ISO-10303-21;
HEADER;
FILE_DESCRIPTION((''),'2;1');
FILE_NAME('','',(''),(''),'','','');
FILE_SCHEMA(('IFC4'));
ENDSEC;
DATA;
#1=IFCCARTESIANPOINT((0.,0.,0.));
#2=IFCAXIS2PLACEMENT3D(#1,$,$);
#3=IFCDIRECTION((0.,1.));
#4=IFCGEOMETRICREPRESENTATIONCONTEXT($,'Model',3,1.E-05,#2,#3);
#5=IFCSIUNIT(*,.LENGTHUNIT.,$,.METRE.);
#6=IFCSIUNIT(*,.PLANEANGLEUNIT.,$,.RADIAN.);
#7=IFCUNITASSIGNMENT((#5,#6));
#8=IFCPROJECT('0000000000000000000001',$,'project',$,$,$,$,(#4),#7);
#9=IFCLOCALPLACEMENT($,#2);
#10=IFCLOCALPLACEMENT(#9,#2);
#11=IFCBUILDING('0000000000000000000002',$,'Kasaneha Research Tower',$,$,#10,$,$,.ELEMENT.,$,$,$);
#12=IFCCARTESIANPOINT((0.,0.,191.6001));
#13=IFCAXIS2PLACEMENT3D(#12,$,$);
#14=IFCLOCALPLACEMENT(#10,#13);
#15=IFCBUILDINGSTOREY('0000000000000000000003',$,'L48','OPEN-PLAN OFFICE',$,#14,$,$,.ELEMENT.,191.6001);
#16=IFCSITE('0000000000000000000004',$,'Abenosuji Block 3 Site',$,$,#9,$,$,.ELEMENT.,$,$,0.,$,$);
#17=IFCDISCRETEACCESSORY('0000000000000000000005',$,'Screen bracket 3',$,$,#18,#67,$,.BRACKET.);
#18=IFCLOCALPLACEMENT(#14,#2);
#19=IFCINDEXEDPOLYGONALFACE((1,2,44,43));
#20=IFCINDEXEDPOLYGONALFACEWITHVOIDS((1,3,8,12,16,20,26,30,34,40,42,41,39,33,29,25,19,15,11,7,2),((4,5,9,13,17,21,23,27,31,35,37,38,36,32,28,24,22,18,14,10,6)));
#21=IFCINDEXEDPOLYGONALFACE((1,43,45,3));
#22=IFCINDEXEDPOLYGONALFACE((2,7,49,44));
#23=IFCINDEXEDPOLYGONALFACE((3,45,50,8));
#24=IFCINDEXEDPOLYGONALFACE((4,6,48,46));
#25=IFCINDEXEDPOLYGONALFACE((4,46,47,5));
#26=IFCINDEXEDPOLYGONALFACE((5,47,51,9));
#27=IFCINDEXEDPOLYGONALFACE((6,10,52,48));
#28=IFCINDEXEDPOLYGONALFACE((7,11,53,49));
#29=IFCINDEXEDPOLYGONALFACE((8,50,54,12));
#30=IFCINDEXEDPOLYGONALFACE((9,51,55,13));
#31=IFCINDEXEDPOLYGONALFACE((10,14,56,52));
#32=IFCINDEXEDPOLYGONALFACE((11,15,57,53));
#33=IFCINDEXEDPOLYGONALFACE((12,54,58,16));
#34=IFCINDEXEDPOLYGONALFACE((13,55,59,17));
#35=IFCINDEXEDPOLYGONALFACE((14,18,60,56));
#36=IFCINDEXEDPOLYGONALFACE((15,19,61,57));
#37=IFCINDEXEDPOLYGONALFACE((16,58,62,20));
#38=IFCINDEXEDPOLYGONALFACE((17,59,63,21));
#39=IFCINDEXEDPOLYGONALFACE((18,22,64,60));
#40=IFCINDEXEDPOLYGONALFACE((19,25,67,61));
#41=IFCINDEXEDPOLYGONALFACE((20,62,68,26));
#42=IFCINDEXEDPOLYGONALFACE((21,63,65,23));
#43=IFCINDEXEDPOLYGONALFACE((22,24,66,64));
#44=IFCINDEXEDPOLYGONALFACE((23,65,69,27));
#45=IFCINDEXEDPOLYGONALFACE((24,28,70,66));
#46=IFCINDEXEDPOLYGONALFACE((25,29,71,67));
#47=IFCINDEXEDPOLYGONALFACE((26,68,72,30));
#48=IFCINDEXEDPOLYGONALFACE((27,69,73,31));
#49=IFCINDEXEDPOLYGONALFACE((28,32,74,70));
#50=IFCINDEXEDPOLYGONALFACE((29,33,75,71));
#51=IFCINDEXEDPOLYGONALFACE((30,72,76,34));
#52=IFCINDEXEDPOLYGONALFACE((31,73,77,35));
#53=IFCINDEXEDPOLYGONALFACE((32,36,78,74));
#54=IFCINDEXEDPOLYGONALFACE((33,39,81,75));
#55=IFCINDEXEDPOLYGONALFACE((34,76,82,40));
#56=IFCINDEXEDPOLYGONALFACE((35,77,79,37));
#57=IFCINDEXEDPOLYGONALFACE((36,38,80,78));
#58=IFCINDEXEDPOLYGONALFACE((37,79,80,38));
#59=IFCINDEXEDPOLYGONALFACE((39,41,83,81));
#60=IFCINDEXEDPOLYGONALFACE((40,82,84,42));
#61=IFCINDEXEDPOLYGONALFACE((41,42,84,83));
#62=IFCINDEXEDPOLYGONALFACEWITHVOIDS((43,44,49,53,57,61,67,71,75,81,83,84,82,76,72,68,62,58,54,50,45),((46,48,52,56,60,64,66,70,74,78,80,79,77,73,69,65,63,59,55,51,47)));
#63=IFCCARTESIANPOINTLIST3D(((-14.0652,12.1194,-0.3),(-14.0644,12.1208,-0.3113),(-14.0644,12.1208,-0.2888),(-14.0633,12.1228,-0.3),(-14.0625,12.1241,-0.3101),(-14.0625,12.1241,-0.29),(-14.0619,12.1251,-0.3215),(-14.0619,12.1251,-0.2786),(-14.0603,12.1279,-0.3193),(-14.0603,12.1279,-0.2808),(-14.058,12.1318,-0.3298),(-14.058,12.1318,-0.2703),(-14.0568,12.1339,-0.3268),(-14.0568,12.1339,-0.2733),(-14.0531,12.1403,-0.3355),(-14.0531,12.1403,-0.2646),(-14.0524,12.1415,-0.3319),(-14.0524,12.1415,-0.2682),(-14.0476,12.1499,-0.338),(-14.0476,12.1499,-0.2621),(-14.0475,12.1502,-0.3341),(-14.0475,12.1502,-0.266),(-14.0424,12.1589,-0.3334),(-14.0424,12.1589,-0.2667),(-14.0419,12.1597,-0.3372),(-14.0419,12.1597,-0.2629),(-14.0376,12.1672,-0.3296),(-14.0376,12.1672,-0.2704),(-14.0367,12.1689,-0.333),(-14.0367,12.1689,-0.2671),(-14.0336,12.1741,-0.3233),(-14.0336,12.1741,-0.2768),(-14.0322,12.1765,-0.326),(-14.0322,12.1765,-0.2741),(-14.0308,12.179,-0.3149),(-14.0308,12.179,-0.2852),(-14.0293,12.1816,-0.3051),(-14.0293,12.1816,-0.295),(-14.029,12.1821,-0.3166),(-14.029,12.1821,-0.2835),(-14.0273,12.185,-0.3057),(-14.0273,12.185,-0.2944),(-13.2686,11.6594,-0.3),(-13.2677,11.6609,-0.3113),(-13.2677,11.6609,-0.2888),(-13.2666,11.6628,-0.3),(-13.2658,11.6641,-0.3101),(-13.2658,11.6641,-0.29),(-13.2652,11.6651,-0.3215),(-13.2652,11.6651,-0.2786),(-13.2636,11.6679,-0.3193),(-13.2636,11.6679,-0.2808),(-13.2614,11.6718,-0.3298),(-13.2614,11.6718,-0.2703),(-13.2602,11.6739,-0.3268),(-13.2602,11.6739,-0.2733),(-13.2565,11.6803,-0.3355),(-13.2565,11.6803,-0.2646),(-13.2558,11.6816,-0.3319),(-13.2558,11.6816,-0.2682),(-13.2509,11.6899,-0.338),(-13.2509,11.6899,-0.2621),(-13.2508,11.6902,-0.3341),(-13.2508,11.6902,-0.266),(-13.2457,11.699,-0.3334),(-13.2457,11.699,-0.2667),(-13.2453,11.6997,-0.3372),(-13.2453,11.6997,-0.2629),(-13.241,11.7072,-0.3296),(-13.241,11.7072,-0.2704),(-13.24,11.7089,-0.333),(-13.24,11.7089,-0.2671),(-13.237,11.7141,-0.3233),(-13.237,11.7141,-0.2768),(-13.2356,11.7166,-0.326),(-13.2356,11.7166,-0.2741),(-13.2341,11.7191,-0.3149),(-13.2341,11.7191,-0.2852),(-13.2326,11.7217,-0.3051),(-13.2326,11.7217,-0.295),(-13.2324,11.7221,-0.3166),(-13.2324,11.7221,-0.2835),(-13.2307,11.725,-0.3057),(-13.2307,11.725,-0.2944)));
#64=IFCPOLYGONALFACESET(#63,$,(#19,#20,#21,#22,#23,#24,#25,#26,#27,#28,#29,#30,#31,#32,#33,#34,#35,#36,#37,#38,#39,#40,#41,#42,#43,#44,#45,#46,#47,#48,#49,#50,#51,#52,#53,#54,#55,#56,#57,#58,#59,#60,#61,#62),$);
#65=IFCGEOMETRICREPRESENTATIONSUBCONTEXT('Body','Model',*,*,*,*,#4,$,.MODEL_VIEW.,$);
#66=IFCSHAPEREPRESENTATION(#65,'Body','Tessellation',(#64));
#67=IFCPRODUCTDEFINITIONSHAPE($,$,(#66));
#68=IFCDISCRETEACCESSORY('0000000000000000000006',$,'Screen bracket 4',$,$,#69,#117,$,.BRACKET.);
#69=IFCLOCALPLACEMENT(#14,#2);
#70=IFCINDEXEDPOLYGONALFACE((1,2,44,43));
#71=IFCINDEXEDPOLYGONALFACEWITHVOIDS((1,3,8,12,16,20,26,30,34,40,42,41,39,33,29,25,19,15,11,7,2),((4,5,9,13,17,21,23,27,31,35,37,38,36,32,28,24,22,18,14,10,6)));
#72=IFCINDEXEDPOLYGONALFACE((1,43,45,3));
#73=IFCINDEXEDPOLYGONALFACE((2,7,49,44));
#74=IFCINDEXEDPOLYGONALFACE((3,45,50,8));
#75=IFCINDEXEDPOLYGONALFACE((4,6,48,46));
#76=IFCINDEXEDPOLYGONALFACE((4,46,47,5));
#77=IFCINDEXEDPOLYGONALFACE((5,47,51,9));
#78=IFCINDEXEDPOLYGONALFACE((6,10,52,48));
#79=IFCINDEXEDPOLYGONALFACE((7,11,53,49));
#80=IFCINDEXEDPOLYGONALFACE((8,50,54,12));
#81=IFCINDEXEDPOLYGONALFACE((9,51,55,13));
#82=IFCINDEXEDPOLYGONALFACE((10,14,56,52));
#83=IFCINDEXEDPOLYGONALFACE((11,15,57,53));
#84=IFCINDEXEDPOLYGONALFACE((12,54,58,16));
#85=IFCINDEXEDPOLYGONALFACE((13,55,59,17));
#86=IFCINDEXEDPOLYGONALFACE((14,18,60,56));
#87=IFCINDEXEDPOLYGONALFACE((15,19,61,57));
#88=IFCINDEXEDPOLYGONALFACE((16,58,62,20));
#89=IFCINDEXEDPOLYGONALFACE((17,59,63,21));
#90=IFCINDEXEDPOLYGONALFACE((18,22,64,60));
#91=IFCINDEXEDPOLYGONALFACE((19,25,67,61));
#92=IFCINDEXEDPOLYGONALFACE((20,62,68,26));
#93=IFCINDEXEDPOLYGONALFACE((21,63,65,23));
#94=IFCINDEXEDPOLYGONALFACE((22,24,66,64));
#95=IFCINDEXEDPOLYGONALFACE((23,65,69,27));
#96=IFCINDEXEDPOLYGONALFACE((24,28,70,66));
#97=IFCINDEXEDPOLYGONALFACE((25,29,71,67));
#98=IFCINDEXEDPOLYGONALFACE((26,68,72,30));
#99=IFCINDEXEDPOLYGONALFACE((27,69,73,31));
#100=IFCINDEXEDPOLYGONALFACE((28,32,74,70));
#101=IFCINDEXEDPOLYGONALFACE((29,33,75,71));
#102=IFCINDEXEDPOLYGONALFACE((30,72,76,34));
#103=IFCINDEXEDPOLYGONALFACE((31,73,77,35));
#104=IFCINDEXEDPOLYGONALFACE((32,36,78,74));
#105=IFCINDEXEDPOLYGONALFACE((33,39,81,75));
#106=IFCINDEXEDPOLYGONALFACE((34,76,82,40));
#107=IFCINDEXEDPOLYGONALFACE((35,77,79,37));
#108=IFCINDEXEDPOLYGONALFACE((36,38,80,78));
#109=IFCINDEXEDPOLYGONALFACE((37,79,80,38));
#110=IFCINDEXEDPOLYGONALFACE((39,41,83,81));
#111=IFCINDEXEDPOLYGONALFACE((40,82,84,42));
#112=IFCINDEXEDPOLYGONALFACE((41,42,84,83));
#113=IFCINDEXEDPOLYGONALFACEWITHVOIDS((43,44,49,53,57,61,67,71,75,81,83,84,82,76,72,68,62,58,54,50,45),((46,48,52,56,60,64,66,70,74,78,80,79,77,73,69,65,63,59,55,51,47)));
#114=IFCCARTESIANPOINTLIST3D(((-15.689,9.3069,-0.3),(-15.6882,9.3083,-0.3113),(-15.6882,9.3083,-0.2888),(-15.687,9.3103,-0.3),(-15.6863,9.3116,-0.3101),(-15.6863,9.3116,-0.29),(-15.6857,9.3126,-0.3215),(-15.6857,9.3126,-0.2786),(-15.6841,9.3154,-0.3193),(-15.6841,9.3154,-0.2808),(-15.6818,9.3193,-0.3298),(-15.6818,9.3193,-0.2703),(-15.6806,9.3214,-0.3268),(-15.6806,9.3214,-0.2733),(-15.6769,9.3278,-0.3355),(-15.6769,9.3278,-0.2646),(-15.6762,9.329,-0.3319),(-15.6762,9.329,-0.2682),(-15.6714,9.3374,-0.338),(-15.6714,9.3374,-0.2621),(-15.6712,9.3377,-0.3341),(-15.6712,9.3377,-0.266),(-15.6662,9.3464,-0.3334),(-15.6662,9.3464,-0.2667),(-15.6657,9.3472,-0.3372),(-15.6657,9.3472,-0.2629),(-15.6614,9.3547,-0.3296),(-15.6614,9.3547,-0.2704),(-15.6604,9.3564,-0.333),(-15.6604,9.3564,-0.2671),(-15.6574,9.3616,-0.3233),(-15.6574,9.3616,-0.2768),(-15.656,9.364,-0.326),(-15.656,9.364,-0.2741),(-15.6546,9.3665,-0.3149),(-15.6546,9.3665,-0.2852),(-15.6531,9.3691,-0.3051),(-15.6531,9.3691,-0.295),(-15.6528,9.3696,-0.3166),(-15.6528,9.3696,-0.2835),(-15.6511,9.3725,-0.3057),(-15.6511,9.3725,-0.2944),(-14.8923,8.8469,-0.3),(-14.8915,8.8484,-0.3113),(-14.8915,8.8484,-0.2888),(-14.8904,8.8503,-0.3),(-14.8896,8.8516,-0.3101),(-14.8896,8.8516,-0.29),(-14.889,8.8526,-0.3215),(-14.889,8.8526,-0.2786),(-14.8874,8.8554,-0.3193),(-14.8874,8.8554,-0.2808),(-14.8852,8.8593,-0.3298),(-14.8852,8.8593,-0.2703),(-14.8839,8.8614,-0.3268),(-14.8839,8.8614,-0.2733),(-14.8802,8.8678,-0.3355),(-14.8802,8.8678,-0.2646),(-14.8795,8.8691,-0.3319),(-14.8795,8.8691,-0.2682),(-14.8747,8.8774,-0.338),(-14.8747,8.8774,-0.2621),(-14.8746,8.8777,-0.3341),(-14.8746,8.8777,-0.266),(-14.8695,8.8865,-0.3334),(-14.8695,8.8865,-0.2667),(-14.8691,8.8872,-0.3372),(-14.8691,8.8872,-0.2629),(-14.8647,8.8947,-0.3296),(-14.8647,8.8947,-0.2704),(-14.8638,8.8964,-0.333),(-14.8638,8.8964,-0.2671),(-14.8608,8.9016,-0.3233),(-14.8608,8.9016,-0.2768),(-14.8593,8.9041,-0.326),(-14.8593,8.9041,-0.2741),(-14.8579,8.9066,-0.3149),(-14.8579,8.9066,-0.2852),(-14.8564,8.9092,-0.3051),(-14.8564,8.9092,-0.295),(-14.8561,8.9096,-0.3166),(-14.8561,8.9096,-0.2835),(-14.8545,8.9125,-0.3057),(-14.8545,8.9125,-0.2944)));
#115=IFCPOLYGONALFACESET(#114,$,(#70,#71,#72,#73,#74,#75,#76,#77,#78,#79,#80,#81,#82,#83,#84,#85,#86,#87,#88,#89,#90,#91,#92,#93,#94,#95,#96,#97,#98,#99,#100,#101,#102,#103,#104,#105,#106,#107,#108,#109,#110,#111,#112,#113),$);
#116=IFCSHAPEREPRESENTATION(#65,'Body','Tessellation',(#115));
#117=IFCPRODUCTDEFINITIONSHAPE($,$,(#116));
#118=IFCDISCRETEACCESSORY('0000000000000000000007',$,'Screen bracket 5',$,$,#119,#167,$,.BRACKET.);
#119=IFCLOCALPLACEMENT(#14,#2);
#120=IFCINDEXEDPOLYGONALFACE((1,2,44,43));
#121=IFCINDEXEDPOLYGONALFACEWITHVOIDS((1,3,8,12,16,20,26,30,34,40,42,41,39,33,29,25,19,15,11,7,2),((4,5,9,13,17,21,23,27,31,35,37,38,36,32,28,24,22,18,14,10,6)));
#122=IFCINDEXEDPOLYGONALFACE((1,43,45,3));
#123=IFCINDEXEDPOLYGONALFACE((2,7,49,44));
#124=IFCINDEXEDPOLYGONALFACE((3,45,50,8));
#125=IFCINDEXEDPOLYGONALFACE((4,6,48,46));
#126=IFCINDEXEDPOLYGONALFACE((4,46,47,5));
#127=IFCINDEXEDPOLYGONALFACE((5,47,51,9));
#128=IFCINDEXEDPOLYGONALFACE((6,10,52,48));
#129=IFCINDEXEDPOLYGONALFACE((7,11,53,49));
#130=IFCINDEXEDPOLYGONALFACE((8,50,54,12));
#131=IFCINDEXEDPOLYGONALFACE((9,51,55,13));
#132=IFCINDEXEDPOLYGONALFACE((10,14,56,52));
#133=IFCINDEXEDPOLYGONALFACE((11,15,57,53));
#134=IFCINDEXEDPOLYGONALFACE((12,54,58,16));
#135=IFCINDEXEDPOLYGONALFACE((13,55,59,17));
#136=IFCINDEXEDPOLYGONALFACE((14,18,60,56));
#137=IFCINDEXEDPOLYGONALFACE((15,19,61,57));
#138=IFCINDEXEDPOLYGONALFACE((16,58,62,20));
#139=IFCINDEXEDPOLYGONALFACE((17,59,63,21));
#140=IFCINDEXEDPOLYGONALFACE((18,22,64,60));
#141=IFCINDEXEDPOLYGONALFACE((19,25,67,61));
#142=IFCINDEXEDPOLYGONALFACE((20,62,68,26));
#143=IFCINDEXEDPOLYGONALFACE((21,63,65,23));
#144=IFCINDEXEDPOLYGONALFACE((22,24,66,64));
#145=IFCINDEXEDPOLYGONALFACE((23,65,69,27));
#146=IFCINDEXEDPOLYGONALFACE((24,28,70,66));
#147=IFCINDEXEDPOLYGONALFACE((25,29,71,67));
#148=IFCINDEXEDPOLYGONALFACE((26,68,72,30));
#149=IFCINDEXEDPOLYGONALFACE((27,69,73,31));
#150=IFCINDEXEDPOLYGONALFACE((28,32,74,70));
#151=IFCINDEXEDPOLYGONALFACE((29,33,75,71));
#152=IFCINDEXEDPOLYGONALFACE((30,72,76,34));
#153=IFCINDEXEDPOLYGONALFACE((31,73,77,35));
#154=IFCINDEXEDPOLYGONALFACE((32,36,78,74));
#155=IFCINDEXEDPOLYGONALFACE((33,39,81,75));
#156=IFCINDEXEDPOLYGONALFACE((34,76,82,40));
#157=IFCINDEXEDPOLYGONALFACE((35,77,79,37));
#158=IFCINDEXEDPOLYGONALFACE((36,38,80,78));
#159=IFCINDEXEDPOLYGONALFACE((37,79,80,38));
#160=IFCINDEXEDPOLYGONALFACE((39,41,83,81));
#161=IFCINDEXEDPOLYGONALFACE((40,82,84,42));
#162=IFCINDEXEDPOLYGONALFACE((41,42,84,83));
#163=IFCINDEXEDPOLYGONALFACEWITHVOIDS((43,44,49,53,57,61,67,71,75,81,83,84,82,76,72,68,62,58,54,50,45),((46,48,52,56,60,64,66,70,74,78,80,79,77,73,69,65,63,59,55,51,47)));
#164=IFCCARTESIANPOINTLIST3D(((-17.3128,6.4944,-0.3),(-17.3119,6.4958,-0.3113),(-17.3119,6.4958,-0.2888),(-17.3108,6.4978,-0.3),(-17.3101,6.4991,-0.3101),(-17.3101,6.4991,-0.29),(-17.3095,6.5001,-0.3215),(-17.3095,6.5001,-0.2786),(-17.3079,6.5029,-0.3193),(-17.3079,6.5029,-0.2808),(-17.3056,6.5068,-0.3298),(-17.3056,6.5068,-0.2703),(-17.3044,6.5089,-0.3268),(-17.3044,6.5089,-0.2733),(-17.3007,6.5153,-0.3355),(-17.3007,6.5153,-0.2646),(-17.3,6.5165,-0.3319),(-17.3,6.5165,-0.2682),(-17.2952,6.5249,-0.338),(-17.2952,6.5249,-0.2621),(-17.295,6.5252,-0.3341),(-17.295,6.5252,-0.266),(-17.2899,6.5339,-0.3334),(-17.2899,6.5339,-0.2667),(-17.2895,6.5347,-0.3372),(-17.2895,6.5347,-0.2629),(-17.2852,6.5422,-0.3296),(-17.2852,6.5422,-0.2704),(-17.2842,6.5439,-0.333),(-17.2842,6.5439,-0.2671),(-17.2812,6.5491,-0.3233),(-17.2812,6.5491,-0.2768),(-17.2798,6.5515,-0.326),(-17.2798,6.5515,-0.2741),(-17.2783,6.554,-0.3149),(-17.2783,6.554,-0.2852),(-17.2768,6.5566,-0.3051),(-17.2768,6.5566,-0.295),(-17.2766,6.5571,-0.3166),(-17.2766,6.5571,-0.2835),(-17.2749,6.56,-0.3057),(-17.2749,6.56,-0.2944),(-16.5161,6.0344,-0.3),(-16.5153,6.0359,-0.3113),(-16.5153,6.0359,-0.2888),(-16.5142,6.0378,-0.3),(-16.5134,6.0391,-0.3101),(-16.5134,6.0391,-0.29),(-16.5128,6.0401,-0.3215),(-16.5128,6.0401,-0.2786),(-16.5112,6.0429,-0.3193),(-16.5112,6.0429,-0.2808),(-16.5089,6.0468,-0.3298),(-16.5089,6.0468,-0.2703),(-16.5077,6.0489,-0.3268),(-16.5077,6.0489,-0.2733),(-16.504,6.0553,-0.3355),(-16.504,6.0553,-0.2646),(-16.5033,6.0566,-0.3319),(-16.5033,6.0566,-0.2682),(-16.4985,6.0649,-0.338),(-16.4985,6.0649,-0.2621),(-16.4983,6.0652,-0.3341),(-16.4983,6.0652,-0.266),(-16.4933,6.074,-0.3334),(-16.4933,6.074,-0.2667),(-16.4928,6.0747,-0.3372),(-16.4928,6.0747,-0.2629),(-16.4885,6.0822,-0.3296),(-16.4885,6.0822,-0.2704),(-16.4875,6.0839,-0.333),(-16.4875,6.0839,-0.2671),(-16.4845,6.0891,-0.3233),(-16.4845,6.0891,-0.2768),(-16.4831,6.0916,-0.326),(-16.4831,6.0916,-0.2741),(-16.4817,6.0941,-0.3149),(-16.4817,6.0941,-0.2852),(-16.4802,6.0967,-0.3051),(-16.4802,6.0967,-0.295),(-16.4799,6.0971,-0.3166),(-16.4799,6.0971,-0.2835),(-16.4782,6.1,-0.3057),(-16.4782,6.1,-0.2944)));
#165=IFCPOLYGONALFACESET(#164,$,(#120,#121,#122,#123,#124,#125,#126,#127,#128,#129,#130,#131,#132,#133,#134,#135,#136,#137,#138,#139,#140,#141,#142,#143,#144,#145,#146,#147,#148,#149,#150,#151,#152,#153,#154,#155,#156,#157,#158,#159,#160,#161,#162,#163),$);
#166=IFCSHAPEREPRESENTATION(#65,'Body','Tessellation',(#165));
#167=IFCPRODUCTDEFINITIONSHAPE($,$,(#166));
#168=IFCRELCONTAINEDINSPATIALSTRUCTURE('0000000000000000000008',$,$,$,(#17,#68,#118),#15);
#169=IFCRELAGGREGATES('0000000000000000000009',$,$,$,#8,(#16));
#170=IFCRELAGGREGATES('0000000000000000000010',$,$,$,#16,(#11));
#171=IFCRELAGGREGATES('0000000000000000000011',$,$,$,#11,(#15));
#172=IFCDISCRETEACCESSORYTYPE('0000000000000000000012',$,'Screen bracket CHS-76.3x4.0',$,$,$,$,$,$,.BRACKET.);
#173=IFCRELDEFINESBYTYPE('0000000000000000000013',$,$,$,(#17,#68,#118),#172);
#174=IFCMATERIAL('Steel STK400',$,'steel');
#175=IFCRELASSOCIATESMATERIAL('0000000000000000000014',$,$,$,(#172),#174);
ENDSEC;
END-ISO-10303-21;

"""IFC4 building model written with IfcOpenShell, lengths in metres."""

from ifc_helpers import new_model, si_unit, direction, frame, origin, origin_2d, place, context, subcontext, project, spatial, hollow_circle, extrude, material, material_profile, profile_set, type_object, element, save


model = new_model("IFC4")

# Units and contexts
model_context = context("Model", 3, precision=1e-05, world=origin(), true_north=direction((0.0, 1.0)))
body_context = subcontext(model_context, "Body", "Model", "MODEL_VIEW")
ifc_project = project(units=[si_unit("LENGTHUNIT", "METRE"), si_unit("PLANEANGLEUNIT", "RADIAN")], contexts=[model_context])

# Site, building, storey
site_placement = place(None, origin())
site = spatial("IfcSite", under=ifc_project, at=site_placement, Name="Abenosuji Block 3 Site", CompositionType="ELEMENT", RefElevation=0.0)
building_placement = place(site_placement, origin())
building = spatial("IfcBuilding", under=site, at=building_placement, Name="Kasaneha Research Tower", CompositionType="ELEMENT")
storey_placement = place(building_placement, frame((0.0, 0.0, 191.6001)))
storey = spatial("IfcBuildingStorey", under=building, at=storey_placement, Name="L48", Description="OPEN-PLAN OFFICE", CompositionType="ELEMENT", Elevation=191.6001)

# Discrete accessories
ifc_material_1 = material(Name="Steel STK400", Category="steel")
ifc_material_profile_1 = material_profile(ifc_material_1, hollow_circle(Radius=0.0381, WallThickness=0.0039, at=origin_2d()), Name="CHS-76.3x4.0")
ifc_profile_set_1 = profile_set([ifc_material_profile_1], Name="Steel STK400")
discrete_accessory_type = type_object("IfcDiscreteAccessoryType", Name="Screen bracket CHS-76.3x4.0", PredefinedType="BRACKET", material=ifc_profile_set_1)
for number, where, z_axis, x_axis, name in (
    (1, (-13.2495, 11.6924, -0.3), (-0.866013, 0.500021, 0.0), (-0.500021, -0.866013, 0.0), "Screen bracket 3"),
    (2, (-14.8733, 8.8799, -0.3), (-0.866013, 0.500021, 0.0), (-0.500021, -0.866013, 0.0), "Screen bracket 4"),
    (3, (-16.4971, 6.0674, -0.3), (-0.866013, 0.500021, 0.0), (-0.500021, -0.866013, 0.0), "Screen bracket 5"),
):
    element("IfcDiscreteAccessory", number, at=place(storey_placement, frame(where, z_axis=z_axis, x_axis=x_axis)), inside=storey, type_object=discrete_accessory_type, Name=name, PredefinedType="BRACKET", context=body_context, shape_type="SweptSolid", body=[
        extrude(hollow_circle(Radius=0.0381, WallThickness=0.0039, at=origin_2d()), origin(), (0.0, 0.0, 1.0), 0.9199),
    ])

save(model, "model.ifc")
